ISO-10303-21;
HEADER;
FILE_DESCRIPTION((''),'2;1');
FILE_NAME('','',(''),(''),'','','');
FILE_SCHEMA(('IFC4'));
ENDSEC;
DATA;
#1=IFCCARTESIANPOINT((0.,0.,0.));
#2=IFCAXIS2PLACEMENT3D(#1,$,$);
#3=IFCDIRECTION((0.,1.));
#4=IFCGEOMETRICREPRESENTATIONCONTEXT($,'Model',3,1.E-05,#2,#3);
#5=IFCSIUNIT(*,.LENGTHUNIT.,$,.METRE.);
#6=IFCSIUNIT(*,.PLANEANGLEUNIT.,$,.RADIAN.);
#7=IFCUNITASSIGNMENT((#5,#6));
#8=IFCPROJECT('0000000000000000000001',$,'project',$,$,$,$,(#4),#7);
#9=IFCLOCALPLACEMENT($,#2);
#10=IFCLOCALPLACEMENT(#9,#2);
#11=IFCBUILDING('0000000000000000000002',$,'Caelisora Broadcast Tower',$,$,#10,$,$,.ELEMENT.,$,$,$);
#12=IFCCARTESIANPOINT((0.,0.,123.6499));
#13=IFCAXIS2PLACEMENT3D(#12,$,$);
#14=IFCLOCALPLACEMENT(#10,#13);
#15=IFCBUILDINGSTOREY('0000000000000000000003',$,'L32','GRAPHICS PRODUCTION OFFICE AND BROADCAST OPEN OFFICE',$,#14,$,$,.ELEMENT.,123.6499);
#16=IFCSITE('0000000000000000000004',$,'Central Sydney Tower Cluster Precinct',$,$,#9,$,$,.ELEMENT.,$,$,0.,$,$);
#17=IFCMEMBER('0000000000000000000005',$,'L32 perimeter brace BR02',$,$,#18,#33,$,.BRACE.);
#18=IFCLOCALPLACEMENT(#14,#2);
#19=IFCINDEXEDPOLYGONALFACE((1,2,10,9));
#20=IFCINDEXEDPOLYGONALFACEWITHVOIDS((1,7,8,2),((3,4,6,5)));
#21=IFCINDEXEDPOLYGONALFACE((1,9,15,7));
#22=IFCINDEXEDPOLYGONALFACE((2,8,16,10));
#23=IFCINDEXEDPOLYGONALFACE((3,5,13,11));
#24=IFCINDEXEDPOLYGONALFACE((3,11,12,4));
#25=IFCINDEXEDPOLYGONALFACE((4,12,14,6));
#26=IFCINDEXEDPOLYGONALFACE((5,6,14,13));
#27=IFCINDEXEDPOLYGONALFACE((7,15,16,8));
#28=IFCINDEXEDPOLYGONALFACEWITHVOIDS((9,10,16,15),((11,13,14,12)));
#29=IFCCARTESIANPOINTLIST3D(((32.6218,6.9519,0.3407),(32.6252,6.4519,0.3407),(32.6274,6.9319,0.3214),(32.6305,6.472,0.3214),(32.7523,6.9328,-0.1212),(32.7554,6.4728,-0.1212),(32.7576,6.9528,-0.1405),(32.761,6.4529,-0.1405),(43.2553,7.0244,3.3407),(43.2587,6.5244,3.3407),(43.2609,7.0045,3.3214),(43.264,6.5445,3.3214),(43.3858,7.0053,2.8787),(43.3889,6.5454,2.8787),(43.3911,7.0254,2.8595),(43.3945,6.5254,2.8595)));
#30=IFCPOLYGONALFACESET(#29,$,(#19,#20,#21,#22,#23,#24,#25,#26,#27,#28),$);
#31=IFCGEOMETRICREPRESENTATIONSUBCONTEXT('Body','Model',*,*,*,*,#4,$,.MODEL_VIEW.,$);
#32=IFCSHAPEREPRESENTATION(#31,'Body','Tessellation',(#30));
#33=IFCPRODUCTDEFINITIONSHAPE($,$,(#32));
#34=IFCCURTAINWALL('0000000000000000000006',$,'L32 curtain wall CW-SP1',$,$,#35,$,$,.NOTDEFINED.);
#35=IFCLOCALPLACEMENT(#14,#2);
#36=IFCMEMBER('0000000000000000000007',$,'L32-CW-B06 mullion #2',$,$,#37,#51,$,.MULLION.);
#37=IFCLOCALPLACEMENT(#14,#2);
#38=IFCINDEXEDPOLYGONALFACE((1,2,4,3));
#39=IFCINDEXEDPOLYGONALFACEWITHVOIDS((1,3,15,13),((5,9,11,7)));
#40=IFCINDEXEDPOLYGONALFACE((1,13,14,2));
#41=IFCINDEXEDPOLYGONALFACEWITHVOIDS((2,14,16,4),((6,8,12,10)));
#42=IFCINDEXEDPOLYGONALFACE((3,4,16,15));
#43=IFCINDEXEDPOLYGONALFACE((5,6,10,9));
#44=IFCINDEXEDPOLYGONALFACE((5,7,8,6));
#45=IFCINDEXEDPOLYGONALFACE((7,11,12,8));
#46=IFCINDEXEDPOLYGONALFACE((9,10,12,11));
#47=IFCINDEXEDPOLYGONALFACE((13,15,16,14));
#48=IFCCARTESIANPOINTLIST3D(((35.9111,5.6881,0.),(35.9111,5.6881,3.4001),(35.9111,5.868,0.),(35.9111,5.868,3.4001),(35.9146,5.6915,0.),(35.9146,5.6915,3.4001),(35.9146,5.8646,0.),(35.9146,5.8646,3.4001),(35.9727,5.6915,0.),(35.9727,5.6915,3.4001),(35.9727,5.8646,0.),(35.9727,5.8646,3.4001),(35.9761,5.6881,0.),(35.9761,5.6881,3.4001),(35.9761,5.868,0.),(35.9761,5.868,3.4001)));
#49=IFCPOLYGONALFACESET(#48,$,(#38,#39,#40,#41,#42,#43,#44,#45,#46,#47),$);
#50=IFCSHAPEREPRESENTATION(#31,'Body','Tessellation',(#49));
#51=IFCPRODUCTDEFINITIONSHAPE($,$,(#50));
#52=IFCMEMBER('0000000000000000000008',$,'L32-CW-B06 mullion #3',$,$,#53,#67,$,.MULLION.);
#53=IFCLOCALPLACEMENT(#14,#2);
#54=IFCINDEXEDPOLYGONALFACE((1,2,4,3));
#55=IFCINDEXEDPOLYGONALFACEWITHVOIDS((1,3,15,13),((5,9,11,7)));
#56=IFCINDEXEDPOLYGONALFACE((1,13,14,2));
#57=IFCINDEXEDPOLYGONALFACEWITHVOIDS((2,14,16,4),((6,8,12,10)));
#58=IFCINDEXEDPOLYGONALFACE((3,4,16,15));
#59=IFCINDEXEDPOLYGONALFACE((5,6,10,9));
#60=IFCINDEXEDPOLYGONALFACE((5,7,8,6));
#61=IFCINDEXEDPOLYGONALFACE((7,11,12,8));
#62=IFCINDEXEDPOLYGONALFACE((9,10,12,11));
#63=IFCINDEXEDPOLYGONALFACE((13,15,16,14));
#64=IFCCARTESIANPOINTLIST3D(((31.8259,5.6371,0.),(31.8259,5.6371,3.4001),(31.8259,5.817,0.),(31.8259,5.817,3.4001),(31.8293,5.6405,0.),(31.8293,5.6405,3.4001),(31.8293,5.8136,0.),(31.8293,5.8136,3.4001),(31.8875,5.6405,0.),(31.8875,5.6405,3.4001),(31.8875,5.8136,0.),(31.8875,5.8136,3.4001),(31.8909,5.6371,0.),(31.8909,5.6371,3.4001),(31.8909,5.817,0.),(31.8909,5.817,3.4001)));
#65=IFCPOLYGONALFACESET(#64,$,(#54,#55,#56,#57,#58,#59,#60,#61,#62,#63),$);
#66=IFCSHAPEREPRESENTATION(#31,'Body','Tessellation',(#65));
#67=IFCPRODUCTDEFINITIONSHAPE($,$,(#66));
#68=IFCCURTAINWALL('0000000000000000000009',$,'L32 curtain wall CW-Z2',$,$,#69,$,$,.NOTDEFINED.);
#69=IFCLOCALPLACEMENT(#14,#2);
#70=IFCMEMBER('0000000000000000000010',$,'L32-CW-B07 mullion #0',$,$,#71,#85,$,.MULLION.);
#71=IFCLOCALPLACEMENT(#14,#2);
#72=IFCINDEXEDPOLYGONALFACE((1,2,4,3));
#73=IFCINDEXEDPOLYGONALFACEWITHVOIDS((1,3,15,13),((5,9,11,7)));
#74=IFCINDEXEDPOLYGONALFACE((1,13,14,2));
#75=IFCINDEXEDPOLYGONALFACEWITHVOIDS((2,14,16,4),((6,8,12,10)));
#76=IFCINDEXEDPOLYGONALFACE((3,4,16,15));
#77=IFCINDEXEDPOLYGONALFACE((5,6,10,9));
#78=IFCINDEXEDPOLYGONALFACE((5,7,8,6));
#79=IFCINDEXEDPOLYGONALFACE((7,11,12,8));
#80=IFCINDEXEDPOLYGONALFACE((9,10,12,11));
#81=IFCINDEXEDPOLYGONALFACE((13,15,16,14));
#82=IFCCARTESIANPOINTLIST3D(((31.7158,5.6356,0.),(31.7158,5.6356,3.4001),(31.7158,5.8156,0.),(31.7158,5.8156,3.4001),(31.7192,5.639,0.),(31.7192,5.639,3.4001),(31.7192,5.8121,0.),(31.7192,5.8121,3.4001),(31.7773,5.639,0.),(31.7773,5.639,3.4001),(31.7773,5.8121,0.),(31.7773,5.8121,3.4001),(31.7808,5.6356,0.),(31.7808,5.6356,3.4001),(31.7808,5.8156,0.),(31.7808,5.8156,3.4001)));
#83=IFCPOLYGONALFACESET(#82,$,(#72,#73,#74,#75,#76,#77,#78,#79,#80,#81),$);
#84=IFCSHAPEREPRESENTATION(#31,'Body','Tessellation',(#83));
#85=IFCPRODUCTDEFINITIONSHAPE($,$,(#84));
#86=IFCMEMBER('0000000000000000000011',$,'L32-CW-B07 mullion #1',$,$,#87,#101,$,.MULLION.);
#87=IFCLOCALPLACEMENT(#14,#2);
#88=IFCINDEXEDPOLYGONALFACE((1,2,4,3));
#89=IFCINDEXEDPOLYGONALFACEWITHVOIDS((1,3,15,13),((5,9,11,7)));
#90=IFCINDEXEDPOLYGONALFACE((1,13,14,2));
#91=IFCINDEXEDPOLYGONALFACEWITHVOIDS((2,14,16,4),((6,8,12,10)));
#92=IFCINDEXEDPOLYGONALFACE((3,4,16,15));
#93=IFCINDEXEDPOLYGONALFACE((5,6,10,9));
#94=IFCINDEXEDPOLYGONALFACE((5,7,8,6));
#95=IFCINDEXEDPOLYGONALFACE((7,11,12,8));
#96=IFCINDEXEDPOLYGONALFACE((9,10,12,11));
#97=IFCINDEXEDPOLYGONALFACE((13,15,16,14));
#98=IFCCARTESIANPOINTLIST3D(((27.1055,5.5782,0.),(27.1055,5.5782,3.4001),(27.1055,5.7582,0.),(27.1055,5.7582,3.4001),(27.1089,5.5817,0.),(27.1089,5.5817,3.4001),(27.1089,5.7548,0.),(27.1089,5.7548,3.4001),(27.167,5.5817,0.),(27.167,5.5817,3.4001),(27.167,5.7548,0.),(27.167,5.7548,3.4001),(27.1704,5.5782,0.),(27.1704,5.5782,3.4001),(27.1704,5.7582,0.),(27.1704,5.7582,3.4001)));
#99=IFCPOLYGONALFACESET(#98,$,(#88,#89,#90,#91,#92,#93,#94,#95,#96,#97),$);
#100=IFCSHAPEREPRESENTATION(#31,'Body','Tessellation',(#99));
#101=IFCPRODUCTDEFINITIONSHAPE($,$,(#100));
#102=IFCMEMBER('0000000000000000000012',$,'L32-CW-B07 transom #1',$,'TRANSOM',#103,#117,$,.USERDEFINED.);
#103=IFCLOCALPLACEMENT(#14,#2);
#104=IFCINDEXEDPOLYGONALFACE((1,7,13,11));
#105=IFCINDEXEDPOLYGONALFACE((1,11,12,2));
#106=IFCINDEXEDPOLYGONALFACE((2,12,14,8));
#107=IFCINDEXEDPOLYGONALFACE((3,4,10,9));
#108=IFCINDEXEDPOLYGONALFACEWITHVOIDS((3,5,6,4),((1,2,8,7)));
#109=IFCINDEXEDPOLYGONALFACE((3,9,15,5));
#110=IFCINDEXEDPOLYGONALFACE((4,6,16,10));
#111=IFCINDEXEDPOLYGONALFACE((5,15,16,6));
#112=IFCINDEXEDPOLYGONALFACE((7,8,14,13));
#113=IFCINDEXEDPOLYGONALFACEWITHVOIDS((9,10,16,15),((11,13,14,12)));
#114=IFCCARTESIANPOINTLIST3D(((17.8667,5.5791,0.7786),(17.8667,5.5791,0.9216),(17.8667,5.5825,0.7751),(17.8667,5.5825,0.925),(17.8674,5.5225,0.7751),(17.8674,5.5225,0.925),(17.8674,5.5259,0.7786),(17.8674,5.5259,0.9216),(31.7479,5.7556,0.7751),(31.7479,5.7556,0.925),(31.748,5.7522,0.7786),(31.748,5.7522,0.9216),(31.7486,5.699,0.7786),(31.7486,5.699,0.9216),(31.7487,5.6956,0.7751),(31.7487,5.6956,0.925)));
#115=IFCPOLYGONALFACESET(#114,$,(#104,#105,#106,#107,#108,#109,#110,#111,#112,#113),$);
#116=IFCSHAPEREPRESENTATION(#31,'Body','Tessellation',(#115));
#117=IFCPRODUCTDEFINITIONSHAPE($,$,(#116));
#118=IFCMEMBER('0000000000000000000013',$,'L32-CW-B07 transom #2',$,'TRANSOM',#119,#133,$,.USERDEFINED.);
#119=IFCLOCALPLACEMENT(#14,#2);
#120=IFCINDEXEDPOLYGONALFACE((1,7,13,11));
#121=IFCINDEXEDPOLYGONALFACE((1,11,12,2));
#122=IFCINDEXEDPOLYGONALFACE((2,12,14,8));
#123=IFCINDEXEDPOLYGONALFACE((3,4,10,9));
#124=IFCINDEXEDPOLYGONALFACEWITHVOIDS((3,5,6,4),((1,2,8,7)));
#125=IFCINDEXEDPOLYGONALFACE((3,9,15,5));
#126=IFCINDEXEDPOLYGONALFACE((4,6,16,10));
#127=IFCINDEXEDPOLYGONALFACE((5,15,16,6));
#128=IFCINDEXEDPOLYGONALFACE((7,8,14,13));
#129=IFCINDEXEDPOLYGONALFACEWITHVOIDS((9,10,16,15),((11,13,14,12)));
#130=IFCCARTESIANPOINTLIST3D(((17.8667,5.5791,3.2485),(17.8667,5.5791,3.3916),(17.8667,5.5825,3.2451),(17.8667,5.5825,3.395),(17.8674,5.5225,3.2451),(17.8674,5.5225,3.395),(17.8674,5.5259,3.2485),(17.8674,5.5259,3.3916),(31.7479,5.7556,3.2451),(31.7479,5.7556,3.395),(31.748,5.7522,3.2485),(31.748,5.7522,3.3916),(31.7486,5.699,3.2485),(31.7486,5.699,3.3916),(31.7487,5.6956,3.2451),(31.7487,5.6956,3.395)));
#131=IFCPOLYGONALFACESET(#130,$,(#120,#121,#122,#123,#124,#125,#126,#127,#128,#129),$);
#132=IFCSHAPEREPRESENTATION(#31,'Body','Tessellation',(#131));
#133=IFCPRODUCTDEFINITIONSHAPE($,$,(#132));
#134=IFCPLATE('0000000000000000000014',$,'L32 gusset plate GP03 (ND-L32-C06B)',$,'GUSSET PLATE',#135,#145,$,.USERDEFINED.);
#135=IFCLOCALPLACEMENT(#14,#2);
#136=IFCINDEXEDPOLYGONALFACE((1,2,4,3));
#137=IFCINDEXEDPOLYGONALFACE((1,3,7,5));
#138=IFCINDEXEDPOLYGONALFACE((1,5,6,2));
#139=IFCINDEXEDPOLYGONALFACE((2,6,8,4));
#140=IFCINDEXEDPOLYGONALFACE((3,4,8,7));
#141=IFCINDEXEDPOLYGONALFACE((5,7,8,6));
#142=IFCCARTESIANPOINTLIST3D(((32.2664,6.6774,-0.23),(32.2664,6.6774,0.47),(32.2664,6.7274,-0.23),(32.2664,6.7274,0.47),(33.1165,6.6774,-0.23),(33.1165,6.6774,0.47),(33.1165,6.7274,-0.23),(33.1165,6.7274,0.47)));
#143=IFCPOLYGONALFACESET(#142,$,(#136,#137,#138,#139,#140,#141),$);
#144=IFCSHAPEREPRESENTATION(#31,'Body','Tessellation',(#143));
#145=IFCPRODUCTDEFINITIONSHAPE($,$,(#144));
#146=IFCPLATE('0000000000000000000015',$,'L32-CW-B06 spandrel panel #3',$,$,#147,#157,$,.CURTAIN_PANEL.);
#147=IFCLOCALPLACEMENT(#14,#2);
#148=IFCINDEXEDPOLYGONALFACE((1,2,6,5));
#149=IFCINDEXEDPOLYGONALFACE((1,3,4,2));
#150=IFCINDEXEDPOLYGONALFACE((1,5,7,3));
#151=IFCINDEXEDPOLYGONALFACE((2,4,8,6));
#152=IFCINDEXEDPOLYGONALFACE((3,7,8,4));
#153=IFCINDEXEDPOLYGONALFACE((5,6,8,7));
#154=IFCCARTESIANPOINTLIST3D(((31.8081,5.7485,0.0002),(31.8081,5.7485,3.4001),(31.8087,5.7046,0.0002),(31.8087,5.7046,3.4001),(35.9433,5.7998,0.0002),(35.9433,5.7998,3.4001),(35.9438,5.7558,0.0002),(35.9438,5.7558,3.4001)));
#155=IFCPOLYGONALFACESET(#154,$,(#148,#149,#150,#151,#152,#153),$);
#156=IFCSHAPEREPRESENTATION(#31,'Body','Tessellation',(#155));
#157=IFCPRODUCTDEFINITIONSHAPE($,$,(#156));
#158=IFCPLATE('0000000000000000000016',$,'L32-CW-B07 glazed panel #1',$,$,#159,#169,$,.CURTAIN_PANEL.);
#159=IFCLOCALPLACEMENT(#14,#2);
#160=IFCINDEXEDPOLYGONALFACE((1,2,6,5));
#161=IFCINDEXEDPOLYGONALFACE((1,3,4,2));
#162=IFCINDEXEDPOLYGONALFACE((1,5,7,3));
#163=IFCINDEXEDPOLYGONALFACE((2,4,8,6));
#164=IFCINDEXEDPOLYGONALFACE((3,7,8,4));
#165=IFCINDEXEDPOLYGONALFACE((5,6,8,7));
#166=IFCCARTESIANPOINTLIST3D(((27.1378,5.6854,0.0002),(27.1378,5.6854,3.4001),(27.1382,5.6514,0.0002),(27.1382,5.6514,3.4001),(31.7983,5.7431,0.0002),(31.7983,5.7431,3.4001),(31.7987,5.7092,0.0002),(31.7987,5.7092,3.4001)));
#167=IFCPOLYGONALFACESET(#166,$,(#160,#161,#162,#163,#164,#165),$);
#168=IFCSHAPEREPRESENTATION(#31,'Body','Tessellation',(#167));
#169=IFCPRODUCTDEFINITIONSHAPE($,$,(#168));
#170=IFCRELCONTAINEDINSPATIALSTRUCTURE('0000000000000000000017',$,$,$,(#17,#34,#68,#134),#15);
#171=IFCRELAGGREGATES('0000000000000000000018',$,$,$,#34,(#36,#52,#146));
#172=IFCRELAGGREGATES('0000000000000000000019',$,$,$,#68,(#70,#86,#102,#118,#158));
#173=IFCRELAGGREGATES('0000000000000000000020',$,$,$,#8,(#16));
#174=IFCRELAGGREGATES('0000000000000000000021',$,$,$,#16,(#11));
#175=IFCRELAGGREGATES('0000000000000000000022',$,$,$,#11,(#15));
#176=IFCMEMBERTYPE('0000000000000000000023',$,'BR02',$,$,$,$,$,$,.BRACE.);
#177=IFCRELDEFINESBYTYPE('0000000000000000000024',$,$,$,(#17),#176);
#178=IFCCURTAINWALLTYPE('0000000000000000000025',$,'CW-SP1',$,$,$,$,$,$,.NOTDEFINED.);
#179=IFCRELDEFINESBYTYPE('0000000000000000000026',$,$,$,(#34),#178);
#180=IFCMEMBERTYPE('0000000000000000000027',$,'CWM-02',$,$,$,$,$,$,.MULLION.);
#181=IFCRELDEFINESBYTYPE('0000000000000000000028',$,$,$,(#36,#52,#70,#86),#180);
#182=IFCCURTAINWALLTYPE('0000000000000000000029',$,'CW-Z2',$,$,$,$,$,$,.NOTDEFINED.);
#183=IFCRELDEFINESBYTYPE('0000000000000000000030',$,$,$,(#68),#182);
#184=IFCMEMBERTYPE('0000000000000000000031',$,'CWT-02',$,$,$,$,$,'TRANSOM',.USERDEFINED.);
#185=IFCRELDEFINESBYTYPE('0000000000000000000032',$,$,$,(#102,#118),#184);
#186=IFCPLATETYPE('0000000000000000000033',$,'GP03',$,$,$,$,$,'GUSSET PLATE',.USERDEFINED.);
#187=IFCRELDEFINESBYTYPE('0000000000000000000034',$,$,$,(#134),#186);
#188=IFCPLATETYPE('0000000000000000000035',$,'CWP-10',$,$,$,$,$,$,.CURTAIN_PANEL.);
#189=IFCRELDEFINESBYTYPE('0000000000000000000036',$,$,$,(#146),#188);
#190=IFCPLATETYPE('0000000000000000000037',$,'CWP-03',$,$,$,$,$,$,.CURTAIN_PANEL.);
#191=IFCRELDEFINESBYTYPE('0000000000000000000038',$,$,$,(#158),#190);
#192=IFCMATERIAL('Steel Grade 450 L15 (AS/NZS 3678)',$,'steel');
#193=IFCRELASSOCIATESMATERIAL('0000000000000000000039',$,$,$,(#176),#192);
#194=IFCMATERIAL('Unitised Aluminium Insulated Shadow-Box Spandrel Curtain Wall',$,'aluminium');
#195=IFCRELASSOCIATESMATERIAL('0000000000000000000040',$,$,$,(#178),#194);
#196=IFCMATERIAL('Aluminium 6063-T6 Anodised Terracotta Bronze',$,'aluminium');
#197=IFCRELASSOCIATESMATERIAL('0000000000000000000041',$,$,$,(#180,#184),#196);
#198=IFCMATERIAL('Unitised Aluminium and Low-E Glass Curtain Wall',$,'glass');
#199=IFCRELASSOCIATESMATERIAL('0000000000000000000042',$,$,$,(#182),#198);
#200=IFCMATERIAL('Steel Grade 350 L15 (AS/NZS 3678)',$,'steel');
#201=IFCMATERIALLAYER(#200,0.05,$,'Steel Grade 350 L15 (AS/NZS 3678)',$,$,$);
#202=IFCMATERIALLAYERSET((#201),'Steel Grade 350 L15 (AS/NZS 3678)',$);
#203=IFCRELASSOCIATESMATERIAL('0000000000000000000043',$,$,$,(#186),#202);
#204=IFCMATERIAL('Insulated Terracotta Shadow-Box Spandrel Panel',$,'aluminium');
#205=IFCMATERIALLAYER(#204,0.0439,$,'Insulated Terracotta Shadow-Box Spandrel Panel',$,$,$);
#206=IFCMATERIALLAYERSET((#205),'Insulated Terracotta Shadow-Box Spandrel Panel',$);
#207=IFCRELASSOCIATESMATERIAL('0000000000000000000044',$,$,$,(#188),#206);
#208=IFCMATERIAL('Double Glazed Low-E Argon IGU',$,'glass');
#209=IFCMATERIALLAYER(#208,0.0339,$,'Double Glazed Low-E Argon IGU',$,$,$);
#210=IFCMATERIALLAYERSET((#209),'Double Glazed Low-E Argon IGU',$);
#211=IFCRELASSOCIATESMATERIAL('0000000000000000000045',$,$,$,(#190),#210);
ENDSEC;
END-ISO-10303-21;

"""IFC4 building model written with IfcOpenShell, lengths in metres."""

from ifc_helpers import new_model, si_unit, direction, frame, origin, origin_2d, place, context, subcontext, project, spatial, rectangle, hollow_rectangle, extrude, source, transform, mapped, material, layer, layer_set, material_profile, profile_set, type_object, type_shapes, element, aggregate, save


model = new_model("IFC4")

# Units and contexts
model_context = context("Model", 3, precision=1e-05, world=origin(), true_north=direction((0.0, 1.0)))
body_context = subcontext(model_context, "Body", "Model", "MODEL_VIEW")
ifc_project = project(units=[si_unit("LENGTHUNIT", "METRE"), si_unit("PLANEANGLEUNIT", "RADIAN")], contexts=[model_context])

# Site, building, storey
site_placement = place(None, origin())
site = spatial("IfcSite", under=ifc_project, at=site_placement, Name="Central Sydney Tower Cluster Precinct", CompositionType="ELEMENT", RefElevation=0.0)
building_placement = place(site_placement, origin())
building = spatial("IfcBuilding", under=site, at=building_placement, Name="Caelisora Broadcast Tower", CompositionType="ELEMENT")
storey_placement = place(building_placement, frame((0.0, 0.0, 123.6499)))
storey = spatial("IfcBuildingStorey", under=building, at=storey_placement, Name="L32", Description="GRAPHICS PRODUCTION OFFICE AND BROADCAST OPEN OFFICE", CompositionType="ELEMENT", Elevation=123.6499)

# Shared definitions
ifc_material_1 = material(Name="Steel Grade 350 L15 (AS/NZS 3678)", Category="steel")

# Member
ifc_material_2 = material(Name="Steel Grade 450 L15 (AS/NZS 3678)", Category="steel")
ifc_material_profile_1 = material_profile(ifc_material_2, hollow_rectangle(XDim=0.5, YDim=0.5, WallThickness=0.02, at=origin_2d()), Name="Steel Grade 450 L15 (AS/NZS 3678)")
ifc_profile_set_1 = profile_set([ifc_material_profile_1], Name="Steel Grade 450 L15 (AS/NZS 3678)")
member_type_1 = type_object("IfcMemberType", Name="BR02", PredefinedType="BRACE", material=ifc_profile_set_1)
shared_shape_1 = source(origin(), body_context, "Body", "SweptSolid", [
    extrude(hollow_rectangle(XDim=0.5, YDim=0.5, WallThickness=0.02, at=origin_2d()), origin(), (0.0, 0.0, 1.0), 11.0488),
])
type_shapes(member_type_1, [shared_shape_1])
member_1_placement = place(storey_placement, frame((32.6914, 6.7024, 0.1001), z_axis=(0.96241, 0.006563, 0.271521), x_axis=(-0.006819, 0.999977, 0.0)))
element("IfcMember", 1, at=member_1_placement, inside=storey, type_object=member_type_1, Name="L32 perimeter brace BR02", PredefinedType="BRACE", context=body_context, shape_type="MappedRepresentation", body=[
    mapped(shared_shape_1, transform((0.0, 0.0, 0.0), scale=1.0)),
])

# Curtain walls, members
ifc_material_3 = material(Name="Unitised Aluminium Insulated Shadow-Box Spandrel Curtain Wall", Category="aluminium")
curtain_wall_type_1 = type_object("IfcCurtainWallType", Name="CW-SP1", PredefinedType="NOTDEFINED", material=ifc_material_3)
curtain_wall_1_placement = place(storey_placement, origin())
curtain_wall_1 = element("IfcCurtainWall", 2, at=curtain_wall_1_placement, inside=storey, type_object=curtain_wall_type_1, Name="L32 curtain wall CW-SP1", PredefinedType="NOTDEFINED")
ifc_material_4 = material(Name="Aluminium 6063-T6 Anodised Terracotta Bronze", Category="aluminium")
ifc_material_profile_2 = material_profile(ifc_material_4, hollow_rectangle(XDim=0.0649, YDim=0.1799, WallThickness=0.0034, at=origin_2d()), Name="Aluminium 6063-T6 Anodised Terracotta Bronze")
ifc_profile_set_2 = profile_set([ifc_material_profile_2], Name="Aluminium 6063-T6 Anodised Terracotta Bronze")
member_type_2 = type_object("IfcMemberType", Name="CWM-02", PredefinedType="MULLION", material=ifc_profile_set_2)
shared_shape_2 = source(origin(), body_context, "Body", "SweptSolid", [
    extrude(hollow_rectangle(XDim=0.0649, YDim=0.1799, WallThickness=0.0034, at=origin_2d()), origin(), (0.0, 0.0, 1.0), 3.4001),
])
type_shapes(member_type_2, [shared_shape_2])
member_2_placement = place(storey_placement, frame((35.9436, 5.7781, 0.0), z_axis=(0.0, 0.0, 1.0), x_axis=(1.0, 0.0, 0.0)))
member_2 = element("IfcMember", 3, at=member_2_placement, type_object=member_type_2, Name="L32-CW-B06 mullion #2", PredefinedType="MULLION", context=body_context, shape_type="MappedRepresentation", body=[
    mapped(shared_shape_2, transform((0.0, 0.0, 0.0), scale=1.0)),
])
member_3_placement = place(storey_placement, frame((31.8584, 5.7271, 0.0), z_axis=(0.0, 0.0, 1.0), x_axis=(1.0, 0.0, 0.0)))
member_3 = element("IfcMember", 4, at=member_3_placement, type_object=member_type_2, Name="L32-CW-B06 mullion #3", PredefinedType="MULLION", context=body_context, shape_type="MappedRepresentation", body=[
    mapped(shared_shape_2, transform((0.0, 0.0, 0.0), scale=1.0)),
])
ifc_material_5 = material(Name="Unitised Aluminium and Low-E Glass Curtain Wall", Category="glass")
curtain_wall_type_2 = type_object("IfcCurtainWallType", Name="CW-Z2", PredefinedType="NOTDEFINED", material=ifc_material_5)
curtain_wall_2_placement = place(storey_placement, origin())
curtain_wall_2 = element("IfcCurtainWall", 5, at=curtain_wall_2_placement, inside=storey, type_object=curtain_wall_type_2, Name="L32 curtain wall CW-Z2", PredefinedType="NOTDEFINED")
member_4_placement = place(storey_placement, frame((31.7483, 5.7256, 0.0), z_axis=(0.0, 0.0, 1.0), x_axis=(1.0, 0.0, 0.0)))
member_4 = element("IfcMember", 6, at=member_4_placement, type_object=member_type_2, Name="L32-CW-B07 mullion #0", PredefinedType="MULLION", context=body_context, shape_type="MappedRepresentation", body=[
    mapped(shared_shape_2, transform((0.0, 0.0, 0.0), scale=1.0)),
])
member_5_placement = place(storey_placement, frame((27.1379, 5.6682, 0.0), z_axis=(0.0, 0.0, 1.0), x_axis=(1.0, 0.0, 0.0)))
member_5 = element("IfcMember", 7, at=member_5_placement, type_object=member_type_2, Name="L32-CW-B07 mullion #1", PredefinedType="MULLION", context=body_context, shape_type="MappedRepresentation", body=[
    mapped(shared_shape_2, transform((0.0, 0.0, 0.0), scale=1.0)),
])
ifc_material_profile_3 = material_profile(ifc_material_4, hollow_rectangle(XDim=0.0601, YDim=0.1499, WallThickness=0.0034, at=origin_2d()), Name="Aluminium 6063-T6 Anodised Terracotta Bronze")
ifc_profile_set_3 = profile_set([ifc_material_profile_3], Name="Aluminium 6063-T6 Anodised Terracotta Bronze")
member_type_3 = type_object("IfcMemberType", Name="CWT-02", ElementType="TRANSOM", PredefinedType="USERDEFINED", material=ifc_profile_set_3)
shared_shape_3 = source(origin(), body_context, "Body", "SweptSolid", [
    extrude(hollow_rectangle(XDim=0.0601, YDim=0.1499, WallThickness=0.0034, at=origin_2d()), origin(), (0.0, 0.0, 1.0), 13.8823),
])
type_shapes(member_type_3, [shared_shape_3])
member_6_placement = place(storey_placement, frame((31.7483, 5.7256, 0.8501), z_axis=(-0.999922, -0.012469, 0.0), x_axis=(0.012469, -0.999922, 0.0)))
member_6 = element("IfcMember", 8, at=member_6_placement, type_object=member_type_3, Name="L32-CW-B07 transom #1", ObjectType="TRANSOM", PredefinedType="USERDEFINED", context=body_context, shape_type="MappedRepresentation", body=[
    mapped(shared_shape_3, transform((0.0, 0.0, 0.0), scale=1.0)),
])
member_7_placement = place(storey_placement, frame((31.7483, 5.7256, 3.3201), z_axis=(-0.999922, -0.012469, 0.0), x_axis=(0.012469, -0.999922, 0.0)))
member_7 = element("IfcMember", 9, at=member_7_placement, type_object=member_type_3, Name="L32-CW-B07 transom #2", ObjectType="TRANSOM", PredefinedType="USERDEFINED", context=body_context, shape_type="MappedRepresentation", body=[
    mapped(shared_shape_3, transform((0.0, 0.0, 0.0), scale=1.0)),
])

# Plates
ifc_layer_1 = layer(ifc_material_1, 0.05, Name="Steel Grade 350 L15 (AS/NZS 3678)")
ifc_layer_set_1 = layer_set([ifc_layer_1], Name="Steel Grade 350 L15 (AS/NZS 3678)")
plate_type_1 = type_object("IfcPlateType", Name="GP03", ElementType="GUSSET PLATE", PredefinedType="USERDEFINED", material=ifc_layer_set_1)
shared_shape_4 = source(origin(), body_context, "Body", "SweptSolid", [
    extrude(rectangle(XDim=0.8501, YDim=0.05, at=origin_2d()), origin(), (0.0, 0.0, 1.0), 0.7),
])
type_shapes(plate_type_1, [shared_shape_4])
plate_1_placement = place(storey_placement, frame((32.6914, 6.7024, -0.23), z_axis=(0.0, 0.0, 1.0), x_axis=(1.0, 0.0, 0.0)))
element("IfcPlate", 10, at=plate_1_placement, inside=storey, type_object=plate_type_1, Name="L32 gusset plate GP03 (ND-L32-C06B)", ObjectType="GUSSET PLATE", PredefinedType="USERDEFINED", context=body_context, shape_type="MappedRepresentation", body=[
    mapped(shared_shape_4, transform((0.0, 0.0, 0.0), scale=1.0)),
])
ifc_material_6 = material(Name="Insulated Terracotta Shadow-Box Spandrel Panel", Category="aluminium")
ifc_layer_2 = layer(ifc_material_6, 0.0439, Name="Insulated Terracotta Shadow-Box Spandrel Panel")
ifc_layer_set_2 = layer_set([ifc_layer_2], Name="Insulated Terracotta Shadow-Box Spandrel Panel")
plate_type_2 = type_object("IfcPlateType", Name="CWP-10", PredefinedType="CURTAIN_PANEL", material=ifc_layer_set_2)
shared_shape_5 = source(origin(), body_context, "Body", "SweptSolid", [
    extrude(rectangle(XDim=4.1355, YDim=0.0439, at=origin_2d()), origin(), (0.0, 0.0, 1.0), 3.3999),
])
type_shapes(plate_type_2, [shared_shape_5])
plate_2_placement = place(storey_placement, frame((33.876, 5.7522, 0.0002), z_axis=(0.0, 0.0, 1.0), x_axis=(-0.999923, -0.012392, 0.0)))
plate_2 = element("IfcPlate", 11, at=plate_2_placement, type_object=plate_type_2, Name="L32-CW-B06 spandrel panel #3", PredefinedType="CURTAIN_PANEL", context=body_context, shape_type="MappedRepresentation", body=[
    mapped(shared_shape_5, transform((0.0, 0.0, 0.0), scale=1.0)),
])
aggregate(curtain_wall_1, [member_2, member_3, plate_2])
ifc_material_7 = material(Name="Double Glazed Low-E Argon IGU", Category="glass")
ifc_layer_3 = layer(ifc_material_7, 0.0339, Name="Double Glazed Low-E Argon IGU")
ifc_layer_set_3 = layer_set([ifc_layer_3], Name="Double Glazed Low-E Argon IGU")
plate_type_3 = type_object("IfcPlateType", Name="CWP-03", PredefinedType="CURTAIN_PANEL", material=ifc_layer_set_3)
shared_shape_6 = source(origin(), body_context, "Body", "SweptSolid", [
    extrude(rectangle(XDim=4.6609, YDim=0.0339, at=origin_2d()), origin(), (0.0, 0.0, 1.0), 3.3999),
])
type_shapes(plate_type_3, [shared_shape_6])
plate_3_placement = place(storey_placement, frame((29.4683, 5.6973, 0.0002), z_axis=(0.0, 0.0, 1.0), x_axis=(-0.999923, -0.012392, 0.0)))
plate_3 = element("IfcPlate", 12, at=plate_3_placement, type_object=plate_type_3, Name="L32-CW-B07 glazed panel #1", PredefinedType="CURTAIN_PANEL", context=body_context, shape_type="MappedRepresentation", body=[
    mapped(shared_shape_6, transform((0.0, 0.0, 0.0), scale=1.0)),
])
aggregate(curtain_wall_2, [member_4, member_5, member_6, member_7, plate_3])

save(model, "model.ifc")
